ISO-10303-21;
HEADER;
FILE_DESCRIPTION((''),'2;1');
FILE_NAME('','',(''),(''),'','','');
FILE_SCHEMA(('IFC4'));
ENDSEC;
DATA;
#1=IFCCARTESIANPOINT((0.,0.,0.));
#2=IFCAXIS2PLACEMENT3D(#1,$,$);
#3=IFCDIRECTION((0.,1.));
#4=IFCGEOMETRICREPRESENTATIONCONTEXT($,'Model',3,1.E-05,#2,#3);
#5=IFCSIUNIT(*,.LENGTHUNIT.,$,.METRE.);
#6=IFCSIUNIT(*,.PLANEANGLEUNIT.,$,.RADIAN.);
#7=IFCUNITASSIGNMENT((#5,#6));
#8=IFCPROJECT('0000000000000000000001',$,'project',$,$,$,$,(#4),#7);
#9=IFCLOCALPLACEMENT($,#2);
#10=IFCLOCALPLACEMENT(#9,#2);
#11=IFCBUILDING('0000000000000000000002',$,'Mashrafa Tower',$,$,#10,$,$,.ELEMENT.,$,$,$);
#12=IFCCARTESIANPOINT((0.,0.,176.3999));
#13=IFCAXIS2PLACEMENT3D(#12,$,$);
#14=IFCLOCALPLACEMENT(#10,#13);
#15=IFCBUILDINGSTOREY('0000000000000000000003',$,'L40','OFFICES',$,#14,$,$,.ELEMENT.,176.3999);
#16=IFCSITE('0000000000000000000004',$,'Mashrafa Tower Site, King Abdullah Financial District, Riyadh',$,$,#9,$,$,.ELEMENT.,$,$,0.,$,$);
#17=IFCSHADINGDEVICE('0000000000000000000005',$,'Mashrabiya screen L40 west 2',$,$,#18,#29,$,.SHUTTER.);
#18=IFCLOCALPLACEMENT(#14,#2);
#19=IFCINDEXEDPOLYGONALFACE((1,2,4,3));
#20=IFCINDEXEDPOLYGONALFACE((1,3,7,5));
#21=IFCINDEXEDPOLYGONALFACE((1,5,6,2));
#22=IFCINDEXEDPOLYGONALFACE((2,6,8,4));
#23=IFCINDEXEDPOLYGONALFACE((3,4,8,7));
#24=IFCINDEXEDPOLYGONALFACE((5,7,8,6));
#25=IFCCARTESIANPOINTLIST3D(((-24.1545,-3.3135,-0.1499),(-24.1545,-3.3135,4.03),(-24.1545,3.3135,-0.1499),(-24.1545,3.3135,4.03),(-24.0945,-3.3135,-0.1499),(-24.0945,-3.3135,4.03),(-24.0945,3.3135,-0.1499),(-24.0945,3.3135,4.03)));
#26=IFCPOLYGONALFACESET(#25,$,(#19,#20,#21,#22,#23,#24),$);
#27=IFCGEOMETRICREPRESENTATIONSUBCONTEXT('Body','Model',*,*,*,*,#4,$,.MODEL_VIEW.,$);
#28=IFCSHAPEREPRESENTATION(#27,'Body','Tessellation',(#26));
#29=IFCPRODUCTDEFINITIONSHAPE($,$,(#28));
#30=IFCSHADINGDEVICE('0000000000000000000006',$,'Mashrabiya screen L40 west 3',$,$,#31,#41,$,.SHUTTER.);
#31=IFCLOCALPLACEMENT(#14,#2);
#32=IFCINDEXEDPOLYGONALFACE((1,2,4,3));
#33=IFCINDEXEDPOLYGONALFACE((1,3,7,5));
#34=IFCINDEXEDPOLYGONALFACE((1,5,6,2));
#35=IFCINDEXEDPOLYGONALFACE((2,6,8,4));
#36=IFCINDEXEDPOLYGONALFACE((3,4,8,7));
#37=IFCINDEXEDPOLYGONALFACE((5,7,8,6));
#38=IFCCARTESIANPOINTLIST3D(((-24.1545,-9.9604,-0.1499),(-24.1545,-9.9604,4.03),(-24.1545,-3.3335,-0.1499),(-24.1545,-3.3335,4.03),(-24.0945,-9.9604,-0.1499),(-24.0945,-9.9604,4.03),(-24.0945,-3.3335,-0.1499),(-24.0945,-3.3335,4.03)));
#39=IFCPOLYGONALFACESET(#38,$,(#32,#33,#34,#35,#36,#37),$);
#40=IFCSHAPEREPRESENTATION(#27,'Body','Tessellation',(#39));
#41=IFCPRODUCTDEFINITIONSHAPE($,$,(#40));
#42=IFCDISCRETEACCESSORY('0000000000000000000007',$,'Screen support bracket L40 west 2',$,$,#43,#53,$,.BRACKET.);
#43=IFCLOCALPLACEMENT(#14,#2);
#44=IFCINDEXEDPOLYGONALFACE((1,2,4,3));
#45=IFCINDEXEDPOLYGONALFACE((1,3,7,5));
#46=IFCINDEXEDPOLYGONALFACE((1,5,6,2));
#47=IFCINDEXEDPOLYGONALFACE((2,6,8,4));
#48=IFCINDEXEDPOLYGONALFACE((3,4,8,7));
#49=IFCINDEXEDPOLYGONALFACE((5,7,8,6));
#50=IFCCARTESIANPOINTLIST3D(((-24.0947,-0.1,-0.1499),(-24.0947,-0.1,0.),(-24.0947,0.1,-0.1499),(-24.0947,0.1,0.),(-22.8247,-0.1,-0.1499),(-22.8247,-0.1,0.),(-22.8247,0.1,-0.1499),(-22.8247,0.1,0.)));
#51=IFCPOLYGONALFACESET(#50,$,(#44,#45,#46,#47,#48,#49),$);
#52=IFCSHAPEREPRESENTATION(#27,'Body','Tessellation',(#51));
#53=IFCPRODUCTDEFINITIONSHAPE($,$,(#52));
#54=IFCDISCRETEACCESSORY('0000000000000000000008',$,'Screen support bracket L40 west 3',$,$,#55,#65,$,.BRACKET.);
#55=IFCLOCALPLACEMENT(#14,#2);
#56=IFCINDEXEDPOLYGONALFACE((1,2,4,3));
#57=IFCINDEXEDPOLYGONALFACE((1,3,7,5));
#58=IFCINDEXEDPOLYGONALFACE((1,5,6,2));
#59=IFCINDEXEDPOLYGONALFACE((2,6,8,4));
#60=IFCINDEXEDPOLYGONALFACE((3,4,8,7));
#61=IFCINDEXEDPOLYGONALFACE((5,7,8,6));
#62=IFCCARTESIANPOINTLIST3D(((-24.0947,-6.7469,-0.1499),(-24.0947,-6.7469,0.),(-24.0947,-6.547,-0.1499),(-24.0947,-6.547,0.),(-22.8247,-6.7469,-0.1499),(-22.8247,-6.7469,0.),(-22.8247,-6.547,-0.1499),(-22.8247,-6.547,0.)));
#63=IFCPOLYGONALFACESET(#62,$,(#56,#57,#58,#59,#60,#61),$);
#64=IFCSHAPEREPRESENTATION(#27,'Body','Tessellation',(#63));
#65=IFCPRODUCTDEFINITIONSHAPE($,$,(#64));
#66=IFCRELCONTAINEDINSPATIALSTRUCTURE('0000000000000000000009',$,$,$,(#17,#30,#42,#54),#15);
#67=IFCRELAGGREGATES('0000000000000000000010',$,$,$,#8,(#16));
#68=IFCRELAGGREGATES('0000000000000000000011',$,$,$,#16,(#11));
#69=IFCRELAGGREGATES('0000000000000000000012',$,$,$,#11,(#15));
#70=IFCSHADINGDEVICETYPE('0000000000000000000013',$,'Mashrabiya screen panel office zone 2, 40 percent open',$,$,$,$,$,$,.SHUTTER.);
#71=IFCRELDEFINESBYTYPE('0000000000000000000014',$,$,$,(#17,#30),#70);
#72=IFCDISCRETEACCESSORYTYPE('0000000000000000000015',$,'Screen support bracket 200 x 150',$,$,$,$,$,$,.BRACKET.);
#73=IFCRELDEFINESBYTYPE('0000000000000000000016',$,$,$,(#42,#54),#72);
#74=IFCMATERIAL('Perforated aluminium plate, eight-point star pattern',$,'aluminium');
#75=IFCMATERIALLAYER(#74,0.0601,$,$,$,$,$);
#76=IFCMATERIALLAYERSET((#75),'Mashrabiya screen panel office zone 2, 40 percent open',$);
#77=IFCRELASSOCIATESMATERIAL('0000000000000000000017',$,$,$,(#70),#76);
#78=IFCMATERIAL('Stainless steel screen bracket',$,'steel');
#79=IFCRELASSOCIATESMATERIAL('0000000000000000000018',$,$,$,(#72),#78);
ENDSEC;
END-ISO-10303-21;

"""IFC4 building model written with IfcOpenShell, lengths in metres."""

from ifc_helpers import new_model, si_unit, direction, frame, origin, origin_2d, place, context, subcontext, project, spatial, rectangle, extrude, source, transform, mapped, material, layer, layer_set, type_object, type_shapes, element, save


model = new_model("IFC4")

# Units and contexts
model_context = context("Model", 3, precision=1e-05, world=origin(), true_north=direction((0.0, 1.0)))
body_context = subcontext(model_context, "Body", "Model", "MODEL_VIEW")
ifc_project = project(units=[si_unit("LENGTHUNIT", "METRE"), si_unit("PLANEANGLEUNIT", "RADIAN")], contexts=[model_context])

# Site, building, storey
site_placement = place(None, origin())
site = spatial("IfcSite", under=ifc_project, at=site_placement, Name="Mashrafa Tower Site, King Abdullah Financial District, Riyadh", CompositionType="ELEMENT", RefElevation=0.0)
building_placement = place(site_placement, origin())
building = spatial("IfcBuilding", under=site, at=building_placement, Name="Mashrafa Tower", CompositionType="ELEMENT")
storey_placement = place(building_placement, frame((0.0, 0.0, 176.3999)))
storey = spatial("IfcBuildingStorey", under=building, at=storey_placement, Name="L40", Description="OFFICES", CompositionType="ELEMENT", Elevation=176.3999)

# Shading devices
ifc_material_1 = material(Name="Perforated aluminium plate, eight-point star pattern", Category="aluminium")
ifc_layer_1 = layer(ifc_material_1, 0.0601)
ifc_layer_set_1 = layer_set([ifc_layer_1], Name="Mashrabiya screen panel office zone 2, 40 percent open")
shading_device_type = type_object("IfcShadingDeviceType", Name="Mashrabiya screen panel office zone 2, 40 percent open", PredefinedType="SHUTTER", material=ifc_layer_set_1)
shared_shape_1 = source(origin(), body_context, "Body", "SweptSolid", [
    extrude(rectangle(XDim=6.627, YDim=0.0601, at=origin_2d()), origin(), (0.0, 0.0, 1.0), 4.1799),
])
type_shapes(shading_device_type, [shared_shape_1])
for number, where, z_axis, x_axis, name in (
    (1, (-24.1245, 0.0, -0.1499), (0.0, 0.0, 1.0), (0.0, -1.0, 0.0), "Mashrabiya screen L40 west 2"),
    (2, (-24.1245, -6.647, -0.1499), (0.0, 0.0, 1.0), (0.0, -1.0, 0.0), "Mashrabiya screen L40 west 3"),
):
    element("IfcShadingDevice", number, at=place(storey_placement, frame(where, z_axis=z_axis, x_axis=x_axis)), inside=storey, type_object=shading_device_type, Name=name, PredefinedType="SHUTTER", context=body_context, shape_type="MappedRepresentation", body=[
        mapped(shared_shape_1, transform((0.0, 0.0, 0.0))),
    ])

# Discrete accessories
ifc_material_2 = material(Name="Stainless steel screen bracket", Category="steel")
discrete_accessory_type = type_object("IfcDiscreteAccessoryType", Name="Screen support bracket 200 x 150", PredefinedType="BRACKET", material=ifc_material_2)
shared_shape_2 = source(origin(), body_context, "Body", "SweptSolid", [
    extrude(rectangle(XDim=0.2, YDim=1.27, at=origin_2d()), origin(), (0.0, 0.0, 1.0), 0.1499),
])
type_shapes(discrete_accessory_type, [shared_shape_2])
for number, where, z_axis, x_axis, name in (
    (3, (-23.4597, 0.0, -0.1499), (0.0, 0.0, 1.0), (0.0, -1.0, 0.0), "Screen support bracket L40 west 2"),
    (4, (-23.4597, -6.647, -0.1499), (0.0, 0.0, 1.0), (0.0, -1.0, 0.0), "Screen support bracket L40 west 3"),
):
    element("IfcDiscreteAccessory", number, at=place(storey_placement, frame(where, z_axis=z_axis, x_axis=x_axis)), inside=storey, type_object=discrete_accessory_type, Name=name, PredefinedType="BRACKET", context=body_context, shape_type="MappedRepresentation", body=[
        mapped(shared_shape_2, transform((0.0, 0.0, 0.0))),
    ])

save(model, "model.ifc")
